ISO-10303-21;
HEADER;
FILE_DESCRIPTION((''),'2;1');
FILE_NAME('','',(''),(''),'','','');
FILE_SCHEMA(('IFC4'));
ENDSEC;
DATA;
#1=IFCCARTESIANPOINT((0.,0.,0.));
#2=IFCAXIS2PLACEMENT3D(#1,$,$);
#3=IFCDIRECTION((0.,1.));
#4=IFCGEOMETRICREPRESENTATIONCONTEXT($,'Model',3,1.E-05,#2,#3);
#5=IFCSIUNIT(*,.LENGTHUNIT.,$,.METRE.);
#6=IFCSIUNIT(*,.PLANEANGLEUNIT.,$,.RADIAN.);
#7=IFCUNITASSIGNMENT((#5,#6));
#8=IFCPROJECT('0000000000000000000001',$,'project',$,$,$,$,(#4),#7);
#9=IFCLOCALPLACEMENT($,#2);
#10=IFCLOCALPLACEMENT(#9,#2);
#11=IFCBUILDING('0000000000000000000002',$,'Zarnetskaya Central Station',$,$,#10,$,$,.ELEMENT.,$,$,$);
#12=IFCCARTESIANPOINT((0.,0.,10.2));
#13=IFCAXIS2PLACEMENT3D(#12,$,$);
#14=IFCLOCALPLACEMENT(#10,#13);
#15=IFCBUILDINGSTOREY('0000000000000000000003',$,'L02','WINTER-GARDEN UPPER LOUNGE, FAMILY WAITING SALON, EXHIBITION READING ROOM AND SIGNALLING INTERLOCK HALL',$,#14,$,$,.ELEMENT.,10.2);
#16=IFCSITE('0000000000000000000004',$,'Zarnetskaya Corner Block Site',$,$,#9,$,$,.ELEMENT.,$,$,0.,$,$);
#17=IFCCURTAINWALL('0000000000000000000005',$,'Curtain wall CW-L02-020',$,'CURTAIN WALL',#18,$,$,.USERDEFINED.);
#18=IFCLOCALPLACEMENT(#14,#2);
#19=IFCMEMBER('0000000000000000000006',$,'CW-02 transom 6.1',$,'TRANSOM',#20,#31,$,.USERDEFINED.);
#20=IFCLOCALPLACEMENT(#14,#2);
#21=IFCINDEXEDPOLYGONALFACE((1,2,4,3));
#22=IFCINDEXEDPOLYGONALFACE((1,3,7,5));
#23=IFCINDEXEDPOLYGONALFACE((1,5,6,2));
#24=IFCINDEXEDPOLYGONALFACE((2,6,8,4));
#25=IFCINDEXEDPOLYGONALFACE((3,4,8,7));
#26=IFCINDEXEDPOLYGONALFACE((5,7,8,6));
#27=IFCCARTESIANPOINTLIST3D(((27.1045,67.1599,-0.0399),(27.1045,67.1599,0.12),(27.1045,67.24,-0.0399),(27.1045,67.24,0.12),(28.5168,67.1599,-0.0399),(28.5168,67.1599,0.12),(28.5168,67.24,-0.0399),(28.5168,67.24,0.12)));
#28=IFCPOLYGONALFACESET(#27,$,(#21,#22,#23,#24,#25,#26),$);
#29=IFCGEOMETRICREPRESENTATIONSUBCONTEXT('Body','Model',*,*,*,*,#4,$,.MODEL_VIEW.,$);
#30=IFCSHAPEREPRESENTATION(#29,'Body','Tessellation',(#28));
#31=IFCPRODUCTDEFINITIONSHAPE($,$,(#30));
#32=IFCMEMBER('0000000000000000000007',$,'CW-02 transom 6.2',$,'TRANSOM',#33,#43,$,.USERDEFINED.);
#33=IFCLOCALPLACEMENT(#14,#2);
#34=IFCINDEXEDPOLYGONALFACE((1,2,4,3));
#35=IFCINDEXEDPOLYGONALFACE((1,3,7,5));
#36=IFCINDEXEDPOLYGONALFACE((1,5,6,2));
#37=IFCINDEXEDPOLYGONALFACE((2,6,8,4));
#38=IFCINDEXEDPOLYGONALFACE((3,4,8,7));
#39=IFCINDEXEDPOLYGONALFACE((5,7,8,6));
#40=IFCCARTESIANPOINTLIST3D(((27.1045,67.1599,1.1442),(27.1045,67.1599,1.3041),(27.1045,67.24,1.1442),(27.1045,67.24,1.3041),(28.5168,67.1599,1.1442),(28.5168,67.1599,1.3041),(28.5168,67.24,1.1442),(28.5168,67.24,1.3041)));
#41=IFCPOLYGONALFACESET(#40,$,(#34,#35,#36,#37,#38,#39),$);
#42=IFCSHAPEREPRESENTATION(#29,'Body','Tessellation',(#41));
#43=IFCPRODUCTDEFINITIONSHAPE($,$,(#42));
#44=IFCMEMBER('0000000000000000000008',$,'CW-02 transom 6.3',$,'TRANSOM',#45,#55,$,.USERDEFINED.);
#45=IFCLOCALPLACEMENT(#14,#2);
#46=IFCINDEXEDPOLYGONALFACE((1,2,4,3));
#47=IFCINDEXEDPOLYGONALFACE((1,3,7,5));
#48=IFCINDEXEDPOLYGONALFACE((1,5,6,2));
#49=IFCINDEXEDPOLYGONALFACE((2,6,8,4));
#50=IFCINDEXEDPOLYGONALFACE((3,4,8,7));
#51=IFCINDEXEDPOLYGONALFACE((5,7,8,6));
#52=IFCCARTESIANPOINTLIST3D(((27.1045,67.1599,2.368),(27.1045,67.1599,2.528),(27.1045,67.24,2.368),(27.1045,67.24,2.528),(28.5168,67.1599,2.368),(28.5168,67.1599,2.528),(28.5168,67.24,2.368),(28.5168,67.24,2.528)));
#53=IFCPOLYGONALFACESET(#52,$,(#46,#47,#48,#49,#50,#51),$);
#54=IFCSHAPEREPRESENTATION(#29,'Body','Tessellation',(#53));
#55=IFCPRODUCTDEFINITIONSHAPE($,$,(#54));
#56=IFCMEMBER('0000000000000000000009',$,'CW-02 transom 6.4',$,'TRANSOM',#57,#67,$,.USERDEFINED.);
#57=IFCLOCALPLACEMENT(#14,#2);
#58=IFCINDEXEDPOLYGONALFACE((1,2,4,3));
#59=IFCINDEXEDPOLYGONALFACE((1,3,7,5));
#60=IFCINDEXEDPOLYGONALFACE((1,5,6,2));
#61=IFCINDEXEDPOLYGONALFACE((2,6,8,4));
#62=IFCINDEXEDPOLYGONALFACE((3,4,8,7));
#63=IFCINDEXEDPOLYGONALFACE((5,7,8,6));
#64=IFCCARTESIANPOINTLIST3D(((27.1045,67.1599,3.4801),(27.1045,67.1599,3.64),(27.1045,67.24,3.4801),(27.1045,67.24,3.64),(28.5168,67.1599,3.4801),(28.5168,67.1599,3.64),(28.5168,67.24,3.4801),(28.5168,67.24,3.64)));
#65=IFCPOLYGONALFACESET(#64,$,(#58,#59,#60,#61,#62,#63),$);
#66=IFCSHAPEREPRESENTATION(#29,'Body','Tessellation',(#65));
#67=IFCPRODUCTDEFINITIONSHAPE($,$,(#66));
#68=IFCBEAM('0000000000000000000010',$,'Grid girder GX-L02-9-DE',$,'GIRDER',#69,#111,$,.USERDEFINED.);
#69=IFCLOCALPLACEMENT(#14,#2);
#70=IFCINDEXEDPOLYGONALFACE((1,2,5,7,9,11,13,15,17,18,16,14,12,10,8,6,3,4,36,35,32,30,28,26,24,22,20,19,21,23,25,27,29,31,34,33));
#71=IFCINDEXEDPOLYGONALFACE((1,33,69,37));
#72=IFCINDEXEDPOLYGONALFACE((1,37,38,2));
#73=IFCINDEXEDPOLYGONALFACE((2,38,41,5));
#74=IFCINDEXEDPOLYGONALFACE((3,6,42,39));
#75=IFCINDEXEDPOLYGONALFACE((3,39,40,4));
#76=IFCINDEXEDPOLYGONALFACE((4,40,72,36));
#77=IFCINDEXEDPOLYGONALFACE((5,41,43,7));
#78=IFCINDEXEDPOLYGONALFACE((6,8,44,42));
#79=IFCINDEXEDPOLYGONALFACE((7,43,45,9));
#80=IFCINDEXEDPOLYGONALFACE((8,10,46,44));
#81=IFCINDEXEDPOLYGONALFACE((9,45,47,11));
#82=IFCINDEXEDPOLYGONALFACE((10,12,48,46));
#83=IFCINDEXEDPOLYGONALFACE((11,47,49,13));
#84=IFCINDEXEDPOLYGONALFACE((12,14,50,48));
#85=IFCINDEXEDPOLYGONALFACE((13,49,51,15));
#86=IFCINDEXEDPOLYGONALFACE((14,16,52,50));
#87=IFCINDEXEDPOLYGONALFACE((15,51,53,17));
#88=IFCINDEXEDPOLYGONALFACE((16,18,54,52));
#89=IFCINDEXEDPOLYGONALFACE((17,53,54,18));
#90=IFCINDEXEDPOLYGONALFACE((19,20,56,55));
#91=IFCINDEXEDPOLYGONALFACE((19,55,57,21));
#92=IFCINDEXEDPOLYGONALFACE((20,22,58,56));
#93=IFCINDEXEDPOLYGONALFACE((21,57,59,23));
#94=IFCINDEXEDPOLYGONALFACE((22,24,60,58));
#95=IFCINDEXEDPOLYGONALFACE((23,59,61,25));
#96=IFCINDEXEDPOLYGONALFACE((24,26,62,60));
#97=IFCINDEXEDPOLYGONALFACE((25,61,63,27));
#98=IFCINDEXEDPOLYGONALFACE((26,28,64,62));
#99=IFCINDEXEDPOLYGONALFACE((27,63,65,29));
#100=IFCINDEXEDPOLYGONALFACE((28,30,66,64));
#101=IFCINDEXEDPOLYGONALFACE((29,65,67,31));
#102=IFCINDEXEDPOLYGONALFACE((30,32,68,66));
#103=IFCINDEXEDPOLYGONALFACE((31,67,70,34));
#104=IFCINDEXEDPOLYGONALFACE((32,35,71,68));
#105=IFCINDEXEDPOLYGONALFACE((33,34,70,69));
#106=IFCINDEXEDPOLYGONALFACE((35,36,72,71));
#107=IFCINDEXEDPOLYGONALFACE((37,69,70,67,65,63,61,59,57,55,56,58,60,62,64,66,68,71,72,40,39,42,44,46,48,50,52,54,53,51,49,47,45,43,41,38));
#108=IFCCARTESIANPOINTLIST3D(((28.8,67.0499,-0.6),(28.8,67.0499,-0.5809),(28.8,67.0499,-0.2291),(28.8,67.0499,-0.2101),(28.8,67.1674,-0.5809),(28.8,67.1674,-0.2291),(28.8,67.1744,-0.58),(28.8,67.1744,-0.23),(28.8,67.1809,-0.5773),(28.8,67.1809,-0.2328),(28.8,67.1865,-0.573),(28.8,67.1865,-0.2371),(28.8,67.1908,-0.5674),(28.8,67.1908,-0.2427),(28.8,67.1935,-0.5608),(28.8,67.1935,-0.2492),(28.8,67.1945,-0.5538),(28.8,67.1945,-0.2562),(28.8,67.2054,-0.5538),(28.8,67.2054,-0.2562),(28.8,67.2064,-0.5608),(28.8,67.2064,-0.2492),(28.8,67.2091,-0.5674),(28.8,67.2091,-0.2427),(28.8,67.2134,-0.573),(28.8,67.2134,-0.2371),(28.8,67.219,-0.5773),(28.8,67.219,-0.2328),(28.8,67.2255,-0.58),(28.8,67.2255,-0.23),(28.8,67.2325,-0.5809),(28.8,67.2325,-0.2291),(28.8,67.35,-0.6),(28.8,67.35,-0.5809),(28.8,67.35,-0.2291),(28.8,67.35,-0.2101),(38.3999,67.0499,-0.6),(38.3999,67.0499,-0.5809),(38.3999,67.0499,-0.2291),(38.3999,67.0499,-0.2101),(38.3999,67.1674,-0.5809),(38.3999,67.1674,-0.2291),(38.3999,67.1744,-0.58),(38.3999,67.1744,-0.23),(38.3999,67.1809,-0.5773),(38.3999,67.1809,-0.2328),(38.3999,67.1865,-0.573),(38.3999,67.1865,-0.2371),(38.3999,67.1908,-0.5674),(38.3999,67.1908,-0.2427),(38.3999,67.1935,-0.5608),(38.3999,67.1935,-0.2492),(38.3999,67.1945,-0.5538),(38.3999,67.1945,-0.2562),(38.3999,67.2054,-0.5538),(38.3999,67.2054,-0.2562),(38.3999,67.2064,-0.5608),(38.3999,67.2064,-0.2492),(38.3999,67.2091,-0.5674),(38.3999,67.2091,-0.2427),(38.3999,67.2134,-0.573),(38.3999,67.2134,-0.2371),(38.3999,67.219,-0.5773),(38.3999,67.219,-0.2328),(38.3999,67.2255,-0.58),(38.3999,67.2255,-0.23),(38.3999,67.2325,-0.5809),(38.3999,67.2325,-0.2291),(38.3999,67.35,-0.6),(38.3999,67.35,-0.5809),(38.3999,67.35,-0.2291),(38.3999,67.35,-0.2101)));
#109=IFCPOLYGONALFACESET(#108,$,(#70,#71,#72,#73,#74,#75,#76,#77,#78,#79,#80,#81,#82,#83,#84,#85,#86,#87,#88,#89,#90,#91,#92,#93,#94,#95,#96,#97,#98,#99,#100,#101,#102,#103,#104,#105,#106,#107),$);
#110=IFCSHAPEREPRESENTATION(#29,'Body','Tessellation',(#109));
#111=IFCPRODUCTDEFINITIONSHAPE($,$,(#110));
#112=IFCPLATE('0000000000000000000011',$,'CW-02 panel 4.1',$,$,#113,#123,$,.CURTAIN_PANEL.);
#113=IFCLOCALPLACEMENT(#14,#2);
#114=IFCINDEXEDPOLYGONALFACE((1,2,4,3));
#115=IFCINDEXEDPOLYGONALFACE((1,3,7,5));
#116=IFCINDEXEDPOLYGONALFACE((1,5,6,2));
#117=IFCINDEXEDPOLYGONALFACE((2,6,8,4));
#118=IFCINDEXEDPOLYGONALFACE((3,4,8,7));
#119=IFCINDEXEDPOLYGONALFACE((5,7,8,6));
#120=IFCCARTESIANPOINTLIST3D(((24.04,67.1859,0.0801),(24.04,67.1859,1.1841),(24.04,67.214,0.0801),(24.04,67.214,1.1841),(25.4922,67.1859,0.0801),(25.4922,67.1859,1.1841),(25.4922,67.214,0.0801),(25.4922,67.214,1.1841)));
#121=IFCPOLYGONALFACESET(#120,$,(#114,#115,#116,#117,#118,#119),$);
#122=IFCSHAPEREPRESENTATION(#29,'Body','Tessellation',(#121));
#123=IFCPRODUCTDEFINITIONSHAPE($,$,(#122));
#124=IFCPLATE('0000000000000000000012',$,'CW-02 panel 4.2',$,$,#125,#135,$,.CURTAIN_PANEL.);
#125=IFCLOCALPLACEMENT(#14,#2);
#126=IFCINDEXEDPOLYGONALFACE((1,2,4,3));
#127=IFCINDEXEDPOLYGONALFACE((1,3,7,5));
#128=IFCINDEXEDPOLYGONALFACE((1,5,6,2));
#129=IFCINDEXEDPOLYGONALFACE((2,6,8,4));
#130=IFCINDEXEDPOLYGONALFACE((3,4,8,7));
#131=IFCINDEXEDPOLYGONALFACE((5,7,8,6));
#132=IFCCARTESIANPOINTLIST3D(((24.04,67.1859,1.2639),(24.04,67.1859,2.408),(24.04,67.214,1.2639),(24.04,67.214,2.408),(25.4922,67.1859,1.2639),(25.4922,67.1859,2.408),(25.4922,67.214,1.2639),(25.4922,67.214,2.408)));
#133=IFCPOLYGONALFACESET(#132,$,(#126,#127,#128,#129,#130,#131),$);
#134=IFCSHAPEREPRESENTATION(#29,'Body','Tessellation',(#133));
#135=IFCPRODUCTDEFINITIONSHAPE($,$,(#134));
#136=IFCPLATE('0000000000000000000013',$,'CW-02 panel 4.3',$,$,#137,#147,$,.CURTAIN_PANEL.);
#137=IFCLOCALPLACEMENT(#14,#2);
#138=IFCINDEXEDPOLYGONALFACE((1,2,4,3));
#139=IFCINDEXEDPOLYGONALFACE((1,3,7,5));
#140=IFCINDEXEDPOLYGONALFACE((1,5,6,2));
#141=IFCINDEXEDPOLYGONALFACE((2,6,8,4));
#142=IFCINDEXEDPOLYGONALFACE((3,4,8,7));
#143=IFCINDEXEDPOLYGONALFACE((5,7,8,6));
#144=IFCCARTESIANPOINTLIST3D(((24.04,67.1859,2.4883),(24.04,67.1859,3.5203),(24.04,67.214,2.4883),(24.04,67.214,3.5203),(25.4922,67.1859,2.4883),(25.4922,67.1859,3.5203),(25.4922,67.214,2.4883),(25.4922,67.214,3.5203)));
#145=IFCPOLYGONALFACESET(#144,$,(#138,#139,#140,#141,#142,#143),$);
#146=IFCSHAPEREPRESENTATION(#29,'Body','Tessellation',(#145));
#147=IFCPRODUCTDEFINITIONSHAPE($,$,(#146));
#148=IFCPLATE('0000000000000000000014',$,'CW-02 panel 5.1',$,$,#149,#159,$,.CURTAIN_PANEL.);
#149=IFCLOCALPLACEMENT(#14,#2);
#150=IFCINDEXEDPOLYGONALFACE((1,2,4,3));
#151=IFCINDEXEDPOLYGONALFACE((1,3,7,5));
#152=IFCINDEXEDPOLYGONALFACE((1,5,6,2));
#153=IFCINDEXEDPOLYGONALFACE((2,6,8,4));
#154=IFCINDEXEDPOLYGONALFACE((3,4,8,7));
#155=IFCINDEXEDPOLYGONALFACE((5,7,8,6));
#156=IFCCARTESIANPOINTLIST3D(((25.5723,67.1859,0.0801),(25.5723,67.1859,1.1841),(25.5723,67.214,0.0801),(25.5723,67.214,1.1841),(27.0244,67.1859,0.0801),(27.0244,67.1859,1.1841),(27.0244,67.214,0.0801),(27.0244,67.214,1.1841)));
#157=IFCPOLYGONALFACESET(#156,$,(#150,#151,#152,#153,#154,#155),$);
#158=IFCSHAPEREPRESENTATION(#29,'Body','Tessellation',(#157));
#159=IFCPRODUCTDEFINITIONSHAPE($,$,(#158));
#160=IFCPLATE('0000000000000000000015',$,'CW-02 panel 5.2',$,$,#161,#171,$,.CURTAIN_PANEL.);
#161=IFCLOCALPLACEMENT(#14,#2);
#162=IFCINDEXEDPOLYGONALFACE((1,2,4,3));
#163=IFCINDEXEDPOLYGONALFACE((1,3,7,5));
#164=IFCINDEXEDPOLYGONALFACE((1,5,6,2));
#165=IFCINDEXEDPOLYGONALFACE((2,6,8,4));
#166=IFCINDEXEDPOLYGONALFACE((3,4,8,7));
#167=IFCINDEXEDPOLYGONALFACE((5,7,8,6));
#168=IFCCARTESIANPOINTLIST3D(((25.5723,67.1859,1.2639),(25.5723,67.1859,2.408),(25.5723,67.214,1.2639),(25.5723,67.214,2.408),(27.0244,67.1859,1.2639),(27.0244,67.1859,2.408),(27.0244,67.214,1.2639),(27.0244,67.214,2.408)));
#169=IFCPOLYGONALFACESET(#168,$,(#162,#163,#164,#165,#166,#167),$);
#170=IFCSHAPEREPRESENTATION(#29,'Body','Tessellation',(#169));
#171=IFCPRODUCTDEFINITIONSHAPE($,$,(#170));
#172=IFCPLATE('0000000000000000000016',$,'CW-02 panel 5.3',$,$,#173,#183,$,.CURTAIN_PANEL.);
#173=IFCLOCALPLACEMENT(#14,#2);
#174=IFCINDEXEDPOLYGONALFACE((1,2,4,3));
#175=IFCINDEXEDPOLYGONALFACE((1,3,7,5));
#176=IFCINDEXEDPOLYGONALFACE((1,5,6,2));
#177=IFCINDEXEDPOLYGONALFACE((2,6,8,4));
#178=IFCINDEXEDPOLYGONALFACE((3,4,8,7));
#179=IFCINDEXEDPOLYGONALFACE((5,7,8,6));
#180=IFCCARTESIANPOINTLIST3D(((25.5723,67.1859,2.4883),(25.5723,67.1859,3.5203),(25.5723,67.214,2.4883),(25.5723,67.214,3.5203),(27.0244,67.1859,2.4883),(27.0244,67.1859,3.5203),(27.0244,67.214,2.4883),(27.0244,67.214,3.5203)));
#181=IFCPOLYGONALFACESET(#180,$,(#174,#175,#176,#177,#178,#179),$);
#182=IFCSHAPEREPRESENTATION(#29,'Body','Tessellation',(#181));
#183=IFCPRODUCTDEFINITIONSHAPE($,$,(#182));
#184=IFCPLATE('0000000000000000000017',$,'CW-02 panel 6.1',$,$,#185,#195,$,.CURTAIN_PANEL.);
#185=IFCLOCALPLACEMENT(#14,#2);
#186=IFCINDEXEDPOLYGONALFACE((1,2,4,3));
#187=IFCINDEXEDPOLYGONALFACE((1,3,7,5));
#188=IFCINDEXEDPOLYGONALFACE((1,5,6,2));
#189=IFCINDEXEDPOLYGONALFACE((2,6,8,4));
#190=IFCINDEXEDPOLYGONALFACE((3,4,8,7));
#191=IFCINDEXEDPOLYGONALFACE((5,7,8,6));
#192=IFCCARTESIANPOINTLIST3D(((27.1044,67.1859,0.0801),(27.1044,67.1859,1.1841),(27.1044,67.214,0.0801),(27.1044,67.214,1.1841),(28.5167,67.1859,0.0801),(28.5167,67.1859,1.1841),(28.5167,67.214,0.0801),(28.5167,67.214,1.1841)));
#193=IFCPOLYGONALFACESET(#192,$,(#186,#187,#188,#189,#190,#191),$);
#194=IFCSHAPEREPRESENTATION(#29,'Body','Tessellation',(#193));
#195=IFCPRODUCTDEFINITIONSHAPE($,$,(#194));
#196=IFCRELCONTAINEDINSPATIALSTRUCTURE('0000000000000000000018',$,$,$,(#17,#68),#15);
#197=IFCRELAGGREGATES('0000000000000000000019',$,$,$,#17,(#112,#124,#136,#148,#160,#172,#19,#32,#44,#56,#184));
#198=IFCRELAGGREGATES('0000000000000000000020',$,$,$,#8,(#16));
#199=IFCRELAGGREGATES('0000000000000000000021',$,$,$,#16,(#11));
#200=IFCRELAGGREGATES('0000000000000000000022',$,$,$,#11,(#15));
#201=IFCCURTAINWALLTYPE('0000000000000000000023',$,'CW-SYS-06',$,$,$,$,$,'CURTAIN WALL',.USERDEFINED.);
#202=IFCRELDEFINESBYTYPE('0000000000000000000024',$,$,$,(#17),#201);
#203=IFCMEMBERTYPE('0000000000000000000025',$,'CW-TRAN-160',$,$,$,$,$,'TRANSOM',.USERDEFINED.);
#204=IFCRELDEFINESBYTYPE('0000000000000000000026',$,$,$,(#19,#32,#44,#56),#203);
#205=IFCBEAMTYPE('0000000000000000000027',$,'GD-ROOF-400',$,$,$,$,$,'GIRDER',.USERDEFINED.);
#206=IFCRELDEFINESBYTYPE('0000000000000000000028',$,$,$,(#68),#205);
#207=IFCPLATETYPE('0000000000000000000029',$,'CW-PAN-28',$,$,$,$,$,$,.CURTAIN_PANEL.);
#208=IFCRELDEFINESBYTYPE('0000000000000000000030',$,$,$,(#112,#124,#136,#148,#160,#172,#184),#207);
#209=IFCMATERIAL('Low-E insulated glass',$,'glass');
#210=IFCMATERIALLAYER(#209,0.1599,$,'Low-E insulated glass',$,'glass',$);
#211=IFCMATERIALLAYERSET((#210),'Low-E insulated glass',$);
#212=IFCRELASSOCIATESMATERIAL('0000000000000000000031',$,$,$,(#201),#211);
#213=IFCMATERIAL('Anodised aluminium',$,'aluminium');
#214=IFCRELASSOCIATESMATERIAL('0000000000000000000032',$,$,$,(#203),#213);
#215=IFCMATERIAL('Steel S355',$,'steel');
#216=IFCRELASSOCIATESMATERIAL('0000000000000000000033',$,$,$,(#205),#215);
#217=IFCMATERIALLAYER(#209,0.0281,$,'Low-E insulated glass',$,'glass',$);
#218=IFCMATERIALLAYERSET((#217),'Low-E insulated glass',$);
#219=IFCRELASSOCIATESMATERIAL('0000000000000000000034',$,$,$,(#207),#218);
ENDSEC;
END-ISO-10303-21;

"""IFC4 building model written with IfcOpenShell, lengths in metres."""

from ifc_helpers import new_model, si_unit, direction, frame, origin, origin_2d, place, context, subcontext, project, spatial, rectangle, i_section, extrude, material, layer, layer_set, material_profile, profile_set, type_object, element, aggregate, save


model = new_model("IFC4")

# Units and contexts
model_context = context("Model", 3, precision=1e-05, world=origin(), true_north=direction((0.0, 1.0)))
body_context = subcontext(model_context, "Body", "Model", "MODEL_VIEW")
ifc_project = project(units=[si_unit("LENGTHUNIT", "METRE"), si_unit("PLANEANGLEUNIT", "RADIAN")], contexts=[model_context])

# Site, building, storey
site_placement = place(None, origin())
site = spatial("IfcSite", under=ifc_project, at=site_placement, Name="Zarnetskaya Corner Block Site", CompositionType="ELEMENT", RefElevation=0.0)
building_placement = place(site_placement, origin())
building = spatial("IfcBuilding", under=site, at=building_placement, Name="Zarnetskaya Central Station", CompositionType="ELEMENT")
storey_placement = place(building_placement, frame((0.0, 0.0, 10.2)))
storey = spatial("IfcBuildingStorey", under=building, at=storey_placement, Name="L02", Description="WINTER-GARDEN UPPER LOUNGE, FAMILY WAITING SALON, EXHIBITION READING ROOM AND SIGNALLING INTERLOCK HALL", CompositionType="ELEMENT", Elevation=10.2)

# Shared definitions
ifc_material_1 = material(Name="Steel S355", Category="steel")

# Curtain wall, members
ifc_material_2 = material(Name="Low-E insulated glass", Category="glass")
ifc_layer_1 = layer(ifc_material_2, 0.1599, Name="Low-E insulated glass", Category="glass")
ifc_layer_set_1 = layer_set([ifc_layer_1], Name="Low-E insulated glass")
curtain_wall_type = type_object("IfcCurtainWallType", Name="CW-SYS-06", ElementType="CURTAIN WALL", PredefinedType="USERDEFINED", material=ifc_layer_set_1)
curtain_wall_placement = place(storey_placement, origin())
curtain_wall = element("IfcCurtainWall", 1, at=curtain_wall_placement, inside=storey, type_object=curtain_wall_type, Name="Curtain wall CW-L02-020", ObjectType="CURTAIN WALL", PredefinedType="USERDEFINED")
ifc_material_3 = material(Name="Anodised aluminium", Category="aluminium")
ifc_material_profile_1 = material_profile(ifc_material_3, rectangle(XDim=0.0801, YDim=0.1599, at=origin_2d()), Name="ALU TRAN 80x160")
ifc_profile_set_1 = profile_set([ifc_material_profile_1], Name="Anodised aluminium")
member_type_1 = type_object("IfcMemberType", Name="CW-TRAN-160", ElementType="TRANSOM", PredefinedType="USERDEFINED", material=ifc_profile_set_1)
member_1_placement = place(storey_placement, frame((27.1045, 67.2, 0.04), z_axis=(1.0, 0.0, 0.0), x_axis=(0.0, 1.0, 0.0)))
member_1 = element("IfcMember", 2, at=member_1_placement, type_object=member_type_1, Name="CW-02 transom 6.1", ObjectType="TRANSOM", PredefinedType="USERDEFINED", context=body_context, shape_type="SweptSolid", body=[
    extrude(rectangle(XDim=0.0801, YDim=0.1599, at=origin_2d()), origin(), (0.0, 0.0, 1.0), 1.4124),
])
member_2_placement = place(storey_placement, frame((27.1045, 67.2, 1.2241), z_axis=(1.0, 0.0, 0.0), x_axis=(0.0, 1.0, 0.0)))
member_2 = element("IfcMember", 3, at=member_2_placement, type_object=member_type_1, Name="CW-02 transom 6.2", ObjectType="TRANSOM", PredefinedType="USERDEFINED", context=body_context, shape_type="SweptSolid", body=[
    extrude(rectangle(XDim=0.0801, YDim=0.1599, at=origin_2d()), origin(), (0.0, 0.0, 1.0), 1.4124),
])
member_3_placement = place(storey_placement, frame((27.1045, 67.2, 2.448), z_axis=(1.0, 0.0, 0.0), x_axis=(0.0, 1.0, 0.0)))
member_3 = element("IfcMember", 4, at=member_3_placement, type_object=member_type_1, Name="CW-02 transom 6.3", ObjectType="TRANSOM", PredefinedType="USERDEFINED", context=body_context, shape_type="SweptSolid", body=[
    extrude(rectangle(XDim=0.0801, YDim=0.1599, at=origin_2d()), origin(), (0.0, 0.0, 1.0), 1.4124),
])
member_4_placement = place(storey_placement, frame((27.1045, 67.2, 3.5601), z_axis=(1.0, 0.0, 0.0), x_axis=(0.0, 1.0, 0.0)))
member_4 = element("IfcMember", 5, at=member_4_placement, type_object=member_type_1, Name="CW-02 transom 6.4", ObjectType="TRANSOM", PredefinedType="USERDEFINED", context=body_context, shape_type="SweptSolid", body=[
    extrude(rectangle(XDim=0.0801, YDim=0.1599, at=origin_2d()), origin(), (0.0, 0.0, 1.0), 1.4124),
])

# Beam
ifc_material_profile_2 = material_profile(ifc_material_1, i_section(OverallWidth=0.3, OverallDepth=0.3899, WebThickness=0.011, FlangeThickness=0.019, FilletRadius=0.0271, at=origin_2d()), Name="HEA 400")
ifc_profile_set_2 = profile_set([ifc_material_profile_2], Name="Steel S355")
beam_type = type_object("IfcBeamType", Name="GD-ROOF-400", ElementType="GIRDER", PredefinedType="USERDEFINED", material=ifc_profile_set_2)
beam_placement = place(storey_placement, frame((28.8, 67.2, -0.405), z_axis=(1.0, 0.0, 0.0), x_axis=(0.0, 1.0, 0.0)))
element("IfcBeam", 6, at=beam_placement, inside=storey, type_object=beam_type, Name="Grid girder GX-L02-9-DE", ObjectType="GIRDER", PredefinedType="USERDEFINED", context=body_context, shape_type="SweptSolid", body=[
    extrude(i_section(OverallWidth=0.3, OverallDepth=0.3899, WebThickness=0.011, FlangeThickness=0.019, FilletRadius=0.0271, at=origin_2d()), origin(), (0.0, 0.0, 1.0), 9.5999),
])

# Plates
ifc_layer_2 = layer(ifc_material_2, 0.0281, Name="Low-E insulated glass", Category="glass")
ifc_layer_set_2 = layer_set([ifc_layer_2], Name="Low-E insulated glass")
plate_type = type_object("IfcPlateType", Name="CW-PAN-28", PredefinedType="CURTAIN_PANEL", material=ifc_layer_set_2)
plate_1_placement = place(storey_placement, frame((24.7661, 67.2, 0.0801), z_axis=(0.0, 0.0, 1.0), x_axis=(1.0, 0.0, 0.0)))
plate_1 = element("IfcPlate", 7, at=plate_1_placement, type_object=plate_type, Name="CW-02 panel 4.1", PredefinedType="CURTAIN_PANEL", context=body_context, shape_type="SweptSolid", body=[
    extrude(rectangle(XDim=1.4521, YDim=0.0281, at=origin_2d()), origin(), (0.0, 0.0, 1.0), 1.104),
])
plate_2_placement = place(storey_placement, frame((24.7661, 67.2, 1.2639), z_axis=(0.0, 0.0, 1.0), x_axis=(1.0, 0.0, 0.0)))
plate_2 = element("IfcPlate", 8, at=plate_2_placement, type_object=plate_type, Name="CW-02 panel 4.2", PredefinedType="CURTAIN_PANEL", context=body_context, shape_type="SweptSolid", body=[
    extrude(rectangle(XDim=1.4521, YDim=0.0281, at=origin_2d()), origin(), (0.0, 0.0, 1.0), 1.144),
])
plate_3_placement = place(storey_placement, frame((24.7661, 67.2, 2.4883), z_axis=(0.0, 0.0, 1.0), x_axis=(1.0, 0.0, 0.0)))
plate_3 = element("IfcPlate", 9, at=plate_3_placement, type_object=plate_type, Name="CW-02 panel 4.3", PredefinedType="CURTAIN_PANEL", context=body_context, shape_type="SweptSolid", body=[
    extrude(rectangle(XDim=1.4521, YDim=0.0281, at=origin_2d()), origin(), (0.0, 0.0, 1.0), 1.032),
])
plate_4_placement = place(storey_placement, frame((26.2983, 67.2, 0.0801), z_axis=(0.0, 0.0, 1.0), x_axis=(1.0, 0.0, 0.0)))
plate_4 = element("IfcPlate", 10, at=plate_4_placement, type_object=plate_type, Name="CW-02 panel 5.1", PredefinedType="CURTAIN_PANEL", context=body_context, shape_type="SweptSolid", body=[
    extrude(rectangle(XDim=1.4521, YDim=0.0281, at=origin_2d()), origin(), (0.0, 0.0, 1.0), 1.104),
])
plate_5_placement = place(storey_placement, frame((26.2983, 67.2, 1.2639), z_axis=(0.0, 0.0, 1.0), x_axis=(1.0, 0.0, 0.0)))
plate_5 = element("IfcPlate", 11, at=plate_5_placement, type_object=plate_type, Name="CW-02 panel 5.2", PredefinedType="CURTAIN_PANEL", context=body_context, shape_type="SweptSolid", body=[
    extrude(rectangle(XDim=1.4521, YDim=0.0281, at=origin_2d()), origin(), (0.0, 0.0, 1.0), 1.144),
])
plate_6_placement = place(storey_placement, frame((26.2983, 67.2, 2.4883), z_axis=(0.0, 0.0, 1.0), x_axis=(1.0, 0.0, 0.0)))
plate_6 = element("IfcPlate", 12, at=plate_6_placement, type_object=plate_type, Name="CW-02 panel 5.3", PredefinedType="CURTAIN_PANEL", context=body_context, shape_type="SweptSolid", body=[
    extrude(rectangle(XDim=1.4521, YDim=0.0281, at=origin_2d()), origin(), (0.0, 0.0, 1.0), 1.032),
])
plate_7_placement = place(storey_placement, frame((27.8105, 67.2, 0.0801), z_axis=(0.0, 0.0, 1.0), x_axis=(1.0, 0.0, 0.0)))
plate_7 = element("IfcPlate", 13, at=plate_7_placement, type_object=plate_type, Name="CW-02 panel 6.1", PredefinedType="CURTAIN_PANEL", context=body_context, shape_type="SweptSolid", body=[
    extrude(rectangle(XDim=1.4124, YDim=0.0281, at=origin_2d()), origin(), (0.0, 0.0, 1.0), 1.104),
])
aggregate(curtain_wall, [plate_1, plate_2, plate_3, plate_4, plate_5, plate_6, member_1, member_2, member_3, member_4, plate_7])

save(model, "model.ifc")
